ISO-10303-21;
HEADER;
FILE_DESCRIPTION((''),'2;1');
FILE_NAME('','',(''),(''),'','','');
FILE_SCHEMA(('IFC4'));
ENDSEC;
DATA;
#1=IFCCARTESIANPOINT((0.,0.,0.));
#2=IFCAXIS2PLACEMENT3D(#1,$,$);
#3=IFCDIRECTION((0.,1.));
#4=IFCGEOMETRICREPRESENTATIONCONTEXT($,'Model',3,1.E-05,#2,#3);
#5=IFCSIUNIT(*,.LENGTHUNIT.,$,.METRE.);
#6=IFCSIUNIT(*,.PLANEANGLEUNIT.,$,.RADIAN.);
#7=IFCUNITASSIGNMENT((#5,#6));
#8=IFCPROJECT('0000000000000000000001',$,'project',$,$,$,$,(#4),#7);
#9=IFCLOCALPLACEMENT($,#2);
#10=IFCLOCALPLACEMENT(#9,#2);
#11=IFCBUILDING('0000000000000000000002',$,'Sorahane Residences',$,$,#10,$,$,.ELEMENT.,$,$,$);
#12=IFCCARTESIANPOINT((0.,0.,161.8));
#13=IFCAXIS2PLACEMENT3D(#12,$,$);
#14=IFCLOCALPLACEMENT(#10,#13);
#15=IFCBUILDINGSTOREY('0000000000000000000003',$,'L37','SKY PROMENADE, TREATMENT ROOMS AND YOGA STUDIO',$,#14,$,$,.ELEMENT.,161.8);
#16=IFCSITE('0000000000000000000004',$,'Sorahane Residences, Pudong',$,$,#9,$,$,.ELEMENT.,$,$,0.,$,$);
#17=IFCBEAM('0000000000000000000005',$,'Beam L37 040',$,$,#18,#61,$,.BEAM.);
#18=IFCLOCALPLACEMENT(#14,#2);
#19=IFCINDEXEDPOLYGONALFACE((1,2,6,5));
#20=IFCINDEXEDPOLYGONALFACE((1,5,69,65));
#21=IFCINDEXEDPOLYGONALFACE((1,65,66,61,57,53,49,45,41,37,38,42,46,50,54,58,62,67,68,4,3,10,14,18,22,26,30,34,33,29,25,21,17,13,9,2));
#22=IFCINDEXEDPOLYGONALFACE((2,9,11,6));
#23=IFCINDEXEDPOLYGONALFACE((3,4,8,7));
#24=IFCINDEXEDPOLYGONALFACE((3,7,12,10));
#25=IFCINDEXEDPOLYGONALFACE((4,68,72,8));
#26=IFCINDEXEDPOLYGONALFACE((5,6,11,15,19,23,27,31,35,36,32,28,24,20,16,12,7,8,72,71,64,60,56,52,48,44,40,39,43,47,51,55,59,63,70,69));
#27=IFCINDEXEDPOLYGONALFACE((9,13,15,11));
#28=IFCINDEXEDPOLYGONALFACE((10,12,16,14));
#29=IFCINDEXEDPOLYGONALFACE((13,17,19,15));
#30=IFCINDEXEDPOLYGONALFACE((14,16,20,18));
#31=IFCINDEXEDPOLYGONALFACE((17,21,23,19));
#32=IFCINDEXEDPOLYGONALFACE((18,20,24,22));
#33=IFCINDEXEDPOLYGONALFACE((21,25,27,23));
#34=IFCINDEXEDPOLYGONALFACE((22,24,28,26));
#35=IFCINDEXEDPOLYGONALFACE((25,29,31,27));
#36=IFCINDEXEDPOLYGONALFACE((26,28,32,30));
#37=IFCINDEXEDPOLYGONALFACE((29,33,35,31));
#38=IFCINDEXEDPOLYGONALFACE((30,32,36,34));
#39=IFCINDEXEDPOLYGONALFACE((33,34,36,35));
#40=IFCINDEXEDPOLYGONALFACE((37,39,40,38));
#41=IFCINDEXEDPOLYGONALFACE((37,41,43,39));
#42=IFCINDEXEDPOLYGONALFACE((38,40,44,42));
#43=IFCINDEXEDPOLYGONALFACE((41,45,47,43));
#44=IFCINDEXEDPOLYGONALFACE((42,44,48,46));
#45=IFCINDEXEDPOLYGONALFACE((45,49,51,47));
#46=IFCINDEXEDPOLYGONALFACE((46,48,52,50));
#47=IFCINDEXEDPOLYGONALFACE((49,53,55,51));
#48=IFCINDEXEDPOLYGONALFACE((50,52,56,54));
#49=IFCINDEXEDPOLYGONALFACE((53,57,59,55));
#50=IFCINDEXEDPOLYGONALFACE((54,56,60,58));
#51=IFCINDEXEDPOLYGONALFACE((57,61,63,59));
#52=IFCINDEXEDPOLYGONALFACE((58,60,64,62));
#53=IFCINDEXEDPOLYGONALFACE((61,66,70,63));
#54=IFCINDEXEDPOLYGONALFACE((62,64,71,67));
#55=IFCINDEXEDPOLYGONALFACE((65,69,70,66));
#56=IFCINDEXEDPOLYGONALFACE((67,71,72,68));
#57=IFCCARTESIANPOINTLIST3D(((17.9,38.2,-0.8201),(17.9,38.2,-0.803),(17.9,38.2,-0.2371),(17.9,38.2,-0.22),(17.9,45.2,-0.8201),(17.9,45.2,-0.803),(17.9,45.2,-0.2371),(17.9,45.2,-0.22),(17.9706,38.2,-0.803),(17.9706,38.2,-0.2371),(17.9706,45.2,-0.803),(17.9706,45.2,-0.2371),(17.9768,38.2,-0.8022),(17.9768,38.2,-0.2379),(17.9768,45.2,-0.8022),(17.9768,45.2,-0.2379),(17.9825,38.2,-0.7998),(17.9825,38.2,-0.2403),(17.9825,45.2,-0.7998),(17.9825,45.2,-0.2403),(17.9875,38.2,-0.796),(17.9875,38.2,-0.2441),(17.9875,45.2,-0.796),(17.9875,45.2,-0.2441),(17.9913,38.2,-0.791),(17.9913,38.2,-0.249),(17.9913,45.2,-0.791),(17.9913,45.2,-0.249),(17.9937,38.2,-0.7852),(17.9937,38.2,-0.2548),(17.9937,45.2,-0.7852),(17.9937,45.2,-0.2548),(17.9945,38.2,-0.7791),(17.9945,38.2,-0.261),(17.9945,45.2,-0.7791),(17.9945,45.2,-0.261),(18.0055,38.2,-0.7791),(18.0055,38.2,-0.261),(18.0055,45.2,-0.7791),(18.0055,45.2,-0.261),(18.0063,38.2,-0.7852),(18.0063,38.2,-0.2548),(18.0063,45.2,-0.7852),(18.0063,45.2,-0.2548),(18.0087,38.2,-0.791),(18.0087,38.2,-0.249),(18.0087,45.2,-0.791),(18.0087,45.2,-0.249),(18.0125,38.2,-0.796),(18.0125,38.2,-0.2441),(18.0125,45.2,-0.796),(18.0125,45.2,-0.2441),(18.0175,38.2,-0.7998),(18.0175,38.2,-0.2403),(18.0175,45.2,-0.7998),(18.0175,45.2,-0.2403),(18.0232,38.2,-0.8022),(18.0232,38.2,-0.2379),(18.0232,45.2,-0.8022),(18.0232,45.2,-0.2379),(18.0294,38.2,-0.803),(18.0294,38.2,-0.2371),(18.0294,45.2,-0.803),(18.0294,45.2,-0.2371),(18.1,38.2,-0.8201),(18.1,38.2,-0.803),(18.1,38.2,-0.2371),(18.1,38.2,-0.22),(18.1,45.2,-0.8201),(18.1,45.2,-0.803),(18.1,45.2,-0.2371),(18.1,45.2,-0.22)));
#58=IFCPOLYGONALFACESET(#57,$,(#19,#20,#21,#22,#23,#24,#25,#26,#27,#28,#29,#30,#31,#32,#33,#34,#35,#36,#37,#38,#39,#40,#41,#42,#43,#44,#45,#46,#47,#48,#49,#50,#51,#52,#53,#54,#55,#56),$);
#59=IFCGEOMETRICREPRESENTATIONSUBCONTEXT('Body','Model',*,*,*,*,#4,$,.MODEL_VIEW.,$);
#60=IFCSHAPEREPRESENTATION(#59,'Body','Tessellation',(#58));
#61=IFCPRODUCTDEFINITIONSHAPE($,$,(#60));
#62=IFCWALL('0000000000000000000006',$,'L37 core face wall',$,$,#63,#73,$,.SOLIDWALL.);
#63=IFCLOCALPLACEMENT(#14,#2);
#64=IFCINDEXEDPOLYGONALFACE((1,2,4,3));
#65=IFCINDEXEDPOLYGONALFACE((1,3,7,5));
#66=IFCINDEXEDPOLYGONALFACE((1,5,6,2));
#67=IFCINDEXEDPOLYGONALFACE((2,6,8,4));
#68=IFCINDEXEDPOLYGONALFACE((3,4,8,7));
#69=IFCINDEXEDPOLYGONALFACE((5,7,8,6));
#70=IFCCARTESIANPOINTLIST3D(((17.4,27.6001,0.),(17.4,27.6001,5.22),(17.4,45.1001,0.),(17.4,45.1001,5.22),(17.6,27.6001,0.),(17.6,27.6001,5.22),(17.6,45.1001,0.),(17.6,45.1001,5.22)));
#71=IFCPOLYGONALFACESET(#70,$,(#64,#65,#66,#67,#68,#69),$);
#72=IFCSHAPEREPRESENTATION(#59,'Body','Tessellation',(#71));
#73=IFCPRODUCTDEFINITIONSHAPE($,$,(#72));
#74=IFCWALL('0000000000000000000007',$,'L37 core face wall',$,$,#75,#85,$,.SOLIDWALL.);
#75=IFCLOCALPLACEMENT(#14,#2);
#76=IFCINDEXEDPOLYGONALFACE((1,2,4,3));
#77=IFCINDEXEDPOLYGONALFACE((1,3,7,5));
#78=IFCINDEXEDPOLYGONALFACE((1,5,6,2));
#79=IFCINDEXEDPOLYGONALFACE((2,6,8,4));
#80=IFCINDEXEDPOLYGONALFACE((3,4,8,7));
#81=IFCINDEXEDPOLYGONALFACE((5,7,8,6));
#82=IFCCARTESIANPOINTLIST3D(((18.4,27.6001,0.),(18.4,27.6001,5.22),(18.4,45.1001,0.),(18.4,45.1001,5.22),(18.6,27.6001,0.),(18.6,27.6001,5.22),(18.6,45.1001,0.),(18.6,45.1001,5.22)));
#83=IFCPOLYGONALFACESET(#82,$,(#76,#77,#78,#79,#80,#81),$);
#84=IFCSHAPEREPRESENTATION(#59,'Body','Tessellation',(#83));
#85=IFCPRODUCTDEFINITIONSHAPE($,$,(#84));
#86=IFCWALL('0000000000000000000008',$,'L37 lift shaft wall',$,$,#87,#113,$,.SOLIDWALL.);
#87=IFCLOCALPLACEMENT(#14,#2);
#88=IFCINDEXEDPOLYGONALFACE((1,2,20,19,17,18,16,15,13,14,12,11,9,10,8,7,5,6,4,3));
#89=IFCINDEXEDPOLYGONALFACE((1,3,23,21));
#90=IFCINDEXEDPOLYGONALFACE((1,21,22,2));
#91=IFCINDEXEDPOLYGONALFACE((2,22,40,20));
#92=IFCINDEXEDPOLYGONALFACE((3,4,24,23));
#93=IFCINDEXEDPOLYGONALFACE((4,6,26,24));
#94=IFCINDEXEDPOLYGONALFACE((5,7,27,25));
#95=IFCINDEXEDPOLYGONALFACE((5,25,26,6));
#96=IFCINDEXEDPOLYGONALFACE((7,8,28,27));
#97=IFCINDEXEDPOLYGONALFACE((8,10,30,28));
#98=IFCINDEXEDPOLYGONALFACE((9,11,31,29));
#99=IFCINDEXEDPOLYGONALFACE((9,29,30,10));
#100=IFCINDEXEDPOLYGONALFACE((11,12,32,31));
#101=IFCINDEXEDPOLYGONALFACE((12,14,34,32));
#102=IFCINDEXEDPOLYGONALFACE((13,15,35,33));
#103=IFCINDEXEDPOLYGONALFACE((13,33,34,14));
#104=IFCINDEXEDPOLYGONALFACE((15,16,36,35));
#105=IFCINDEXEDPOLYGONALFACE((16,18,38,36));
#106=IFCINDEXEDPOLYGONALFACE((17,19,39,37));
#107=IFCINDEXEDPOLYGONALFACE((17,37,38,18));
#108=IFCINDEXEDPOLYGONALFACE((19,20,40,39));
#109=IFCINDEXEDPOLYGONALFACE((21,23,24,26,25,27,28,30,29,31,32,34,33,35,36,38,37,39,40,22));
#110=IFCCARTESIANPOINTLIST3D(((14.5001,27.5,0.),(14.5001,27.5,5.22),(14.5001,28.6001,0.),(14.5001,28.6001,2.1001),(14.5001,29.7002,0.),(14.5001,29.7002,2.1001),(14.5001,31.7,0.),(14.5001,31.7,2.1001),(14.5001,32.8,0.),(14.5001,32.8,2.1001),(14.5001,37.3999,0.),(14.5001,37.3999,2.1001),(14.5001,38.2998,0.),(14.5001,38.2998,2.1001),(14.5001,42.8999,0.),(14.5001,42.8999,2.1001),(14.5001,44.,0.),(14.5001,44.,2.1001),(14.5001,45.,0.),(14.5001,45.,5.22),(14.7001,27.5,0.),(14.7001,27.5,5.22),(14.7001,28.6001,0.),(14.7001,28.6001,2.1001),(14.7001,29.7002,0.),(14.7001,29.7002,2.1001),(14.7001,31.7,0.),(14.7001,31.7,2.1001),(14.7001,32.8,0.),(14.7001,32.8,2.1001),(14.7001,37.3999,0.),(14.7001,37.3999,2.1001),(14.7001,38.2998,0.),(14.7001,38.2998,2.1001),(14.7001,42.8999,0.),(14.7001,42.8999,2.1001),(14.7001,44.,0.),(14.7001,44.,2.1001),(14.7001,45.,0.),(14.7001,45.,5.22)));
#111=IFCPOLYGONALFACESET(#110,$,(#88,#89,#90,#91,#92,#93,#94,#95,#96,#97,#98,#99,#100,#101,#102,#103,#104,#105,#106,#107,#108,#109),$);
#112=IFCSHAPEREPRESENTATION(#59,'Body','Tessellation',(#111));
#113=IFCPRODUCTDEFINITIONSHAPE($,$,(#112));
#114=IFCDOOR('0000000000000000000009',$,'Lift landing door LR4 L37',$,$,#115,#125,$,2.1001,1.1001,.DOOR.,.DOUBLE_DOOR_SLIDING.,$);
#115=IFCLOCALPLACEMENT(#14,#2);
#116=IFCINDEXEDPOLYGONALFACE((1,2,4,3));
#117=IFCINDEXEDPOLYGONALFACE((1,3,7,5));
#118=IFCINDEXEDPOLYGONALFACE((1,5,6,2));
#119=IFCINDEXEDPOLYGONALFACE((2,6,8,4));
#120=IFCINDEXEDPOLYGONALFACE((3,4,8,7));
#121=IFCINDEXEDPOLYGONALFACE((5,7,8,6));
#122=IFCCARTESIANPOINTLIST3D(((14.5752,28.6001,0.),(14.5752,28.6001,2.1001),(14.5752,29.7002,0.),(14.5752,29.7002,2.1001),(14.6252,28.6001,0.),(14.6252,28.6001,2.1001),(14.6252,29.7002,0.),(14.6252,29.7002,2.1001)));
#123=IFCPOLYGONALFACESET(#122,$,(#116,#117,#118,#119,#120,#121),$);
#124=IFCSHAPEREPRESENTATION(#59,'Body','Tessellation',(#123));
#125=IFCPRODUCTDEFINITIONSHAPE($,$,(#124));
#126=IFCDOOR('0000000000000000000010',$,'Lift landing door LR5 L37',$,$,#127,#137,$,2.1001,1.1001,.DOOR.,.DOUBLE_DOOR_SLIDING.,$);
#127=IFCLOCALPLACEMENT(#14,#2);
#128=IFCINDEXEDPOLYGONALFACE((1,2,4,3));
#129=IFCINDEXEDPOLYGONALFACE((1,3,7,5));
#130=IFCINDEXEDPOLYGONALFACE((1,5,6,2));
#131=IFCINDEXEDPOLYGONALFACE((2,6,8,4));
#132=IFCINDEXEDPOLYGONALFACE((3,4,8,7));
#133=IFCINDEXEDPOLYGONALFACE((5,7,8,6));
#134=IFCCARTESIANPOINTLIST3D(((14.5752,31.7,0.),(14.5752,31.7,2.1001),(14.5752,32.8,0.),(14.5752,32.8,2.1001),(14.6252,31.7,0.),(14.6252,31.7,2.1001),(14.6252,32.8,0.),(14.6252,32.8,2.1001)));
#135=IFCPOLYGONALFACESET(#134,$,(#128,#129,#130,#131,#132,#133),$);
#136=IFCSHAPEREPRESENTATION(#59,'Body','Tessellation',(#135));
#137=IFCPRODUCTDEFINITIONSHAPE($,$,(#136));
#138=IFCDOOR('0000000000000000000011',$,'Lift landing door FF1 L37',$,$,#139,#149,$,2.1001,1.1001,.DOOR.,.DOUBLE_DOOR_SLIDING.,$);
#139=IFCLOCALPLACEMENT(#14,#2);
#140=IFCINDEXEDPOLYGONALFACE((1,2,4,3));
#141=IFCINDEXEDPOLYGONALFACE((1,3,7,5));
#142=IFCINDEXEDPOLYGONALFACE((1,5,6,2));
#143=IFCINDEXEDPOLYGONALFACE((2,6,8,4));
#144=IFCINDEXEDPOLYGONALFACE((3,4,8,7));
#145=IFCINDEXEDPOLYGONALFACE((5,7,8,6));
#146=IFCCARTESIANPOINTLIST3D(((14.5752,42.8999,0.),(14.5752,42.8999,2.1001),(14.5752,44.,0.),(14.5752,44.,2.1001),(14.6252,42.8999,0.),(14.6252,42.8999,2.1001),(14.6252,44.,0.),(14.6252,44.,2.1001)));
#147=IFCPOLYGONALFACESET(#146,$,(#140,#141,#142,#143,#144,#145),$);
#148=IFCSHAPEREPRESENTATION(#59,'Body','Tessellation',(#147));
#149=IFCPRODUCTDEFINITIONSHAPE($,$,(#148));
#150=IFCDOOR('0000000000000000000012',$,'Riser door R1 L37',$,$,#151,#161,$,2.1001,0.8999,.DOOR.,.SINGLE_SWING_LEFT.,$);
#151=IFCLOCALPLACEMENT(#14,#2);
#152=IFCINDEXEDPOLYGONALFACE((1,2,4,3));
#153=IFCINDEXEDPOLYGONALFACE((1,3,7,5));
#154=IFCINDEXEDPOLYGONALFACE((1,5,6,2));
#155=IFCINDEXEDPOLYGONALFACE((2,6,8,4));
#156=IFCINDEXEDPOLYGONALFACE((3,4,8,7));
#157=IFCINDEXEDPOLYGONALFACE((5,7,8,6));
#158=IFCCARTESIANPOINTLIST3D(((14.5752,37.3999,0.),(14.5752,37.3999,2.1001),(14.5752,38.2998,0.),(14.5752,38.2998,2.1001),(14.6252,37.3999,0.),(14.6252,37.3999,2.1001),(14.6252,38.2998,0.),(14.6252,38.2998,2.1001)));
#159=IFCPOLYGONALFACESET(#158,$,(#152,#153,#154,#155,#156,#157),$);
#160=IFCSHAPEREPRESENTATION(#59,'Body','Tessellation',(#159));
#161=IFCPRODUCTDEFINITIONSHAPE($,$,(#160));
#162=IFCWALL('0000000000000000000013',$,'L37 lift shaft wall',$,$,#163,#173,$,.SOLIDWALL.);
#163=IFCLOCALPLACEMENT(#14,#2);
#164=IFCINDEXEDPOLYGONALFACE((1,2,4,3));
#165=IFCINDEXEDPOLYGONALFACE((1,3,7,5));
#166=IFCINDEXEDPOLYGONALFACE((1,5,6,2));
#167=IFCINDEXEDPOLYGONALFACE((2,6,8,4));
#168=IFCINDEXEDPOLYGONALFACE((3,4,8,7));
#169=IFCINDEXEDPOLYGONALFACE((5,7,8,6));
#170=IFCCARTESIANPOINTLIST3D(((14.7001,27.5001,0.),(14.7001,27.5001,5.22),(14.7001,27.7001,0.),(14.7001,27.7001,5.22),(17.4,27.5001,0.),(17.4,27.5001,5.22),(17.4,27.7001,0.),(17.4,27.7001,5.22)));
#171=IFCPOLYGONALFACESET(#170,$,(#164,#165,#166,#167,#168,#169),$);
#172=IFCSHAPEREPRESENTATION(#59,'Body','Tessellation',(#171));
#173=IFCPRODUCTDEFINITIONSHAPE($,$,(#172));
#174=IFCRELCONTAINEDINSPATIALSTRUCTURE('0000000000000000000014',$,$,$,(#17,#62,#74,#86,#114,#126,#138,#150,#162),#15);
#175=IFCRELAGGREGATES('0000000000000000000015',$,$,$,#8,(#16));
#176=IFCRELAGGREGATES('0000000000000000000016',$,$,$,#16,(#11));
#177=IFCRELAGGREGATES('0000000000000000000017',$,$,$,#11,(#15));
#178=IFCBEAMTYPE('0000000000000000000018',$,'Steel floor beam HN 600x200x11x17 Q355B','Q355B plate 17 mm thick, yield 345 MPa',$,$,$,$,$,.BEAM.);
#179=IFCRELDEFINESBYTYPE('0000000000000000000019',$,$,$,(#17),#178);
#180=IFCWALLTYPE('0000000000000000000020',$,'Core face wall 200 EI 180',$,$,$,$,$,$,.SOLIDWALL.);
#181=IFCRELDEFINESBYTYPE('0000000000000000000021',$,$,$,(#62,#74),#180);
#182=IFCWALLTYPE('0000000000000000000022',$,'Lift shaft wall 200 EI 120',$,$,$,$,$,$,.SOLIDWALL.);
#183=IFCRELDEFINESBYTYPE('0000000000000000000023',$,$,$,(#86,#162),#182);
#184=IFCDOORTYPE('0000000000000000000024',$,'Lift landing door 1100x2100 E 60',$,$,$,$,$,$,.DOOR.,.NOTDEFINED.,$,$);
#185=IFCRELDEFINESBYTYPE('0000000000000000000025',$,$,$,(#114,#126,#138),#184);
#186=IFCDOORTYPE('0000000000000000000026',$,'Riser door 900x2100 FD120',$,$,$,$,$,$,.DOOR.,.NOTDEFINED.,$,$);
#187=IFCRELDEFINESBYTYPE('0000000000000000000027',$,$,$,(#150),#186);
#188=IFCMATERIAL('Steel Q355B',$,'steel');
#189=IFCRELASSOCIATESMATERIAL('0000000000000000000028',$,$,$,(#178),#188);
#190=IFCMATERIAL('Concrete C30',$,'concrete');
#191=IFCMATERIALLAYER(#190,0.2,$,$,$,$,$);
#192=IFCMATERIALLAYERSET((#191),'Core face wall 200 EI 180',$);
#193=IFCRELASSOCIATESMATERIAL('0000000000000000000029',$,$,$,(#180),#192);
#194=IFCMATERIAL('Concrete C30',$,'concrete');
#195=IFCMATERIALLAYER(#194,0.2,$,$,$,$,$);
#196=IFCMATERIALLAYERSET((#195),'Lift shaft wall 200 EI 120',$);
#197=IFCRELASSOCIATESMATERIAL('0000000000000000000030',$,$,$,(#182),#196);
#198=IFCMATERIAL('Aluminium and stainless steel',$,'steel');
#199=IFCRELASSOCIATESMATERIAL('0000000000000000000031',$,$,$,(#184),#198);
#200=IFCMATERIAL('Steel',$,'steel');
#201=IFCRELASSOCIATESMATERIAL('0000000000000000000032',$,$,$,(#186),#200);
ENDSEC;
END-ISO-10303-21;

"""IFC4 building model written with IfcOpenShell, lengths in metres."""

from ifc_helpers import new_model, si_unit, direction, frame, frame_2d, origin, origin_2d, place, context, subcontext, project, spatial, rectangle, i_section, extrude, material, layer, layer_set, material_profile, profile_set, type_object, element, fill, save


model = new_model("IFC4")

# Units and contexts
model_context = context("Model", 3, precision=1e-05, world=origin(), true_north=direction((0.0, 1.0)))
body_context = subcontext(model_context, "Body", "Model", "MODEL_VIEW")
ifc_project = project(units=[si_unit("LENGTHUNIT", "METRE"), si_unit("PLANEANGLEUNIT", "RADIAN")], contexts=[model_context])

# Site, building, storey
site_placement = place(None, origin())
site = spatial("IfcSite", under=ifc_project, at=site_placement, Name="Sorahane Residences, Pudong", CompositionType="ELEMENT", RefElevation=0.0)
building_placement = place(site_placement, origin())
building = spatial("IfcBuilding", under=site, at=building_placement, Name="Sorahane Residences", CompositionType="ELEMENT")
storey_placement = place(building_placement, frame((0.0, 0.0, 161.8)))
storey = spatial("IfcBuildingStorey", under=building, at=storey_placement, Name="L37", Description="SKY PROMENADE, TREATMENT ROOMS AND YOGA STUDIO", CompositionType="ELEMENT", Elevation=161.8)

# Beam
ifc_material_1 = material(Name="Steel Q355B", Category="steel")
ifc_material_profile_1 = material_profile(ifc_material_1, i_section(OverallWidth=0.2, OverallDepth=0.6001, WebThickness=0.011, FlangeThickness=0.0171, FilletRadius=0.0239, at=origin_2d()), Name="HN 600x200x11x17")
ifc_profile_set_1 = profile_set([ifc_material_profile_1], Name="Steel Q355B")
beam_type_1 = type_object("IfcBeamType", Name="Steel floor beam HN 600x200x11x17 Q355B", Description="Q355B plate 17 mm thick, yield 345 MPa", PredefinedType="BEAM", material=ifc_profile_set_1)
for number, where, z_axis, x_axis, name in (
    (1, (18.0, 38.2, -0.52), (0.0, 1.0, 0.0), (-1.0, 0.0, 0.0), "Beam L37 040"),
):
    element("IfcBeam", number, at=place(storey_placement, frame(where, z_axis=z_axis, x_axis=x_axis)), inside=storey, type_object=beam_type_1, Name=name, PredefinedType="BEAM", context=body_context, shape_type="SweptSolid", body=[
        extrude(i_section(OverallWidth=0.2, OverallDepth=0.6001, WebThickness=0.011, FlangeThickness=0.0171, FilletRadius=0.0239, at=origin_2d()), origin(), (0.0, 0.0, 1.0), 7.0),
    ])

# Walls
ifc_material_2 = material(Name="Concrete C30", Category="concrete")
ifc_layer_1 = layer(ifc_material_2, 0.2)
ifc_layer_set_1 = layer_set([ifc_layer_1], Name="Core face wall 200 EI 180")
wall_type_1 = type_object("IfcWallType", Name="Core face wall 200 EI 180", PredefinedType="SOLIDWALL", material=ifc_layer_set_1)
for number, where, z_axis, x_axis, name in (
    (2, (17.5, 27.6001, 0.0), (0.0, 0.0, 1.0), (0.0, 1.0, 0.0), "L37 core face wall"),
    (3, (18.5, 27.6001, 0.0), (0.0, 0.0, 1.0), (0.0, 1.0, 0.0), "L37 core face wall"),
):
    element("IfcWall", number, at=place(storey_placement, frame(where, z_axis=z_axis, x_axis=x_axis)), inside=storey, type_object=wall_type_1, Name=name, PredefinedType="SOLIDWALL", context=body_context, shape_type="SweptSolid", body=[
        extrude(rectangle(XDim=17.5, YDim=0.2, at=frame_2d((8.75, 0.0))), origin(), (0.0, 0.0, 1.0), 5.22),
    ])

# Wall, openings, doors
ifc_material_3 = material(Name="Concrete C30", Category="concrete")
ifc_layer_2 = layer(ifc_material_3, 0.2)
ifc_layer_set_2 = layer_set([ifc_layer_2], Name="Lift shaft wall 200 EI 120")
wall_type_2 = type_object("IfcWallType", Name="Lift shaft wall 200 EI 120", PredefinedType="SOLIDWALL", material=ifc_layer_set_2)
wall_1_placement = place(storey_placement, frame((14.6001, 27.5, 0.0), z_axis=(0.0, 0.0, 1.0), x_axis=(0.0, 1.0, 0.0)))
wall_1 = element("IfcWall", 4, at=wall_1_placement, inside=storey, type_object=wall_type_2, Name="L37 lift shaft wall", PredefinedType="SOLIDWALL", context=body_context, shape_type="SweptSolid", body=[
    extrude(rectangle(XDim=17.5, YDim=0.2, at=frame_2d((8.75, 0.0))), origin(), (0.0, 0.0, 1.0), 5.22),
])
opening_1_placement = place(wall_1_placement, frame((1.1001, 0.0, 0.0)))
opening_1 = element("IfcOpeningElement", 5, at=opening_1_placement, cuts=wall_1, PredefinedType="OPENING", context=body_context, shape_type="SweptSolid", body=[
    extrude(rectangle(XDim=1.1001, YDim=2.1001, at=frame_2d((0.55, 1.05))), frame((0.0, 0.1099, 0.0), z_axis=(0.0, -1.0, 0.0), x_axis=(1.0, 0.0, 0.0)), (0.0, 0.0, 1.0), 0.22),
])
opening_2_placement = place(wall_1_placement, frame((4.2, 0.0, 0.0)))
opening_2 = element("IfcOpeningElement", 6, at=opening_2_placement, cuts=wall_1, PredefinedType="OPENING", context=body_context, shape_type="SweptSolid", body=[
    extrude(rectangle(XDim=1.1001, YDim=2.1001, at=frame_2d((0.55, 1.05))), frame((0.0, 0.1099, 0.0), z_axis=(0.0, -1.0, 0.0), x_axis=(1.0, 0.0, 0.0)), (0.0, 0.0, 1.0), 0.22),
])
opening_3_placement = place(wall_1_placement, frame((15.3999, 0.0, 0.0)))
opening_3 = element("IfcOpeningElement", 7, at=opening_3_placement, cuts=wall_1, PredefinedType="OPENING", context=body_context, shape_type="SweptSolid", body=[
    extrude(rectangle(XDim=1.1001, YDim=2.1001, at=frame_2d((0.55, 1.05))), frame((0.0, 0.1099, 0.0), z_axis=(0.0, -1.0, 0.0), x_axis=(1.0, 0.0, 0.0)), (0.0, 0.0, 1.0), 0.22),
])
opening_4_placement = place(wall_1_placement, frame((9.8999, 0.0, 0.0)))
opening_4 = element("IfcOpeningElement", 8, at=opening_4_placement, cuts=wall_1, PredefinedType="OPENING", context=body_context, shape_type="SweptSolid", body=[
    extrude(rectangle(XDim=0.8999, YDim=2.1001, at=frame_2d((0.45, 1.05))), frame((0.0, 0.1099, 0.0), z_axis=(0.0, -1.0, 0.0), x_axis=(1.0, 0.0, 0.0)), (0.0, 0.0, 1.0), 0.22),
])
ifc_material_4 = material(Name="Aluminium and stainless steel", Category="steel")
door_type_1 = type_object("IfcDoorType", Name="Lift landing door 1100x2100 E 60", OperationType="NOTDEFINED", PredefinedType="DOOR", material=ifc_material_4)
door_1_placement = place(opening_1_placement, origin())
door_1 = element("IfcDoor", 9, at=door_1_placement, inside=storey, type_object=door_type_1, Name="Lift landing door LR4 L37", OperationType="DOUBLE_DOOR_SLIDING", OverallHeight=2.1001, OverallWidth=1.1001, PredefinedType="DOOR", context=body_context, shape_type="SweptSolid", body=[
    extrude(rectangle(XDim=1.1001, YDim=2.1001, at=frame_2d((0.55, 1.05))), frame((0.0, 0.0249, 0.0), z_axis=(0.0, -1.0, 0.0), x_axis=(1.0, 0.0, 0.0)), (0.0, 0.0, 1.0), 0.05),
])
fill(opening_1, door_1)
door_2_placement = place(opening_2_placement, origin())
door_2 = element("IfcDoor", 10, at=door_2_placement, inside=storey, type_object=door_type_1, Name="Lift landing door LR5 L37", OperationType="DOUBLE_DOOR_SLIDING", OverallHeight=2.1001, OverallWidth=1.1001, PredefinedType="DOOR", context=body_context, shape_type="SweptSolid", body=[
    extrude(rectangle(XDim=1.1001, YDim=2.1001, at=frame_2d((0.55, 1.05))), frame((0.0, 0.0249, 0.0), z_axis=(0.0, -1.0, 0.0), x_axis=(1.0, 0.0, 0.0)), (0.0, 0.0, 1.0), 0.05),
])
fill(opening_2, door_2)
door_3_placement = place(opening_3_placement, origin())
door_3 = element("IfcDoor", 11, at=door_3_placement, inside=storey, type_object=door_type_1, Name="Lift landing door FF1 L37", OperationType="DOUBLE_DOOR_SLIDING", OverallHeight=2.1001, OverallWidth=1.1001, PredefinedType="DOOR", context=body_context, shape_type="SweptSolid", body=[
    extrude(rectangle(XDim=1.1001, YDim=2.1001, at=frame_2d((0.55, 1.05))), frame((0.0, 0.0249, 0.0), z_axis=(0.0, -1.0, 0.0), x_axis=(1.0, 0.0, 0.0)), (0.0, 0.0, 1.0), 0.05),
])
fill(opening_3, door_3)
ifc_material_5 = material(Name="Steel", Category="steel")
door_type_2 = type_object("IfcDoorType", Name="Riser door 900x2100 FD120", OperationType="NOTDEFINED", PredefinedType="DOOR", material=ifc_material_5)
door_4_placement = place(opening_4_placement, origin())
door_4 = element("IfcDoor", 12, at=door_4_placement, inside=storey, type_object=door_type_2, Name="Riser door R1 L37", OperationType="SINGLE_SWING_LEFT", OverallHeight=2.1001, OverallWidth=0.8999, PredefinedType="DOOR", context=body_context, shape_type="SweptSolid", body=[
    extrude(rectangle(XDim=0.8999, YDim=2.1001, at=frame_2d((0.45, 1.05))), frame((0.0, 0.0249, 0.0), z_axis=(0.0, -1.0, 0.0), x_axis=(1.0, 0.0, 0.0)), (0.0, 0.0, 1.0), 0.05),
])
fill(opening_4, door_4)

# Wall
for number, where, z_axis, x_axis, name in (
    (13, (14.7, 27.6001, 0.0), (0.0, 0.0, 1.0), (1.0, 0.0, 0.0), "L37 lift shaft wall"),
):
    element("IfcWall", number, at=place(storey_placement, frame(where, z_axis=z_axis, x_axis=x_axis)), inside=storey, type_object=wall_type_2, Name=name, PredefinedType="SOLIDWALL", context=body_context, shape_type="SweptSolid", body=[
        extrude(rectangle(XDim=2.7, YDim=0.2, at=frame_2d((1.3501, 0.0))), origin(), (0.0, 0.0, 1.0), 5.22),
    ])

save(model, "model.ifc")
